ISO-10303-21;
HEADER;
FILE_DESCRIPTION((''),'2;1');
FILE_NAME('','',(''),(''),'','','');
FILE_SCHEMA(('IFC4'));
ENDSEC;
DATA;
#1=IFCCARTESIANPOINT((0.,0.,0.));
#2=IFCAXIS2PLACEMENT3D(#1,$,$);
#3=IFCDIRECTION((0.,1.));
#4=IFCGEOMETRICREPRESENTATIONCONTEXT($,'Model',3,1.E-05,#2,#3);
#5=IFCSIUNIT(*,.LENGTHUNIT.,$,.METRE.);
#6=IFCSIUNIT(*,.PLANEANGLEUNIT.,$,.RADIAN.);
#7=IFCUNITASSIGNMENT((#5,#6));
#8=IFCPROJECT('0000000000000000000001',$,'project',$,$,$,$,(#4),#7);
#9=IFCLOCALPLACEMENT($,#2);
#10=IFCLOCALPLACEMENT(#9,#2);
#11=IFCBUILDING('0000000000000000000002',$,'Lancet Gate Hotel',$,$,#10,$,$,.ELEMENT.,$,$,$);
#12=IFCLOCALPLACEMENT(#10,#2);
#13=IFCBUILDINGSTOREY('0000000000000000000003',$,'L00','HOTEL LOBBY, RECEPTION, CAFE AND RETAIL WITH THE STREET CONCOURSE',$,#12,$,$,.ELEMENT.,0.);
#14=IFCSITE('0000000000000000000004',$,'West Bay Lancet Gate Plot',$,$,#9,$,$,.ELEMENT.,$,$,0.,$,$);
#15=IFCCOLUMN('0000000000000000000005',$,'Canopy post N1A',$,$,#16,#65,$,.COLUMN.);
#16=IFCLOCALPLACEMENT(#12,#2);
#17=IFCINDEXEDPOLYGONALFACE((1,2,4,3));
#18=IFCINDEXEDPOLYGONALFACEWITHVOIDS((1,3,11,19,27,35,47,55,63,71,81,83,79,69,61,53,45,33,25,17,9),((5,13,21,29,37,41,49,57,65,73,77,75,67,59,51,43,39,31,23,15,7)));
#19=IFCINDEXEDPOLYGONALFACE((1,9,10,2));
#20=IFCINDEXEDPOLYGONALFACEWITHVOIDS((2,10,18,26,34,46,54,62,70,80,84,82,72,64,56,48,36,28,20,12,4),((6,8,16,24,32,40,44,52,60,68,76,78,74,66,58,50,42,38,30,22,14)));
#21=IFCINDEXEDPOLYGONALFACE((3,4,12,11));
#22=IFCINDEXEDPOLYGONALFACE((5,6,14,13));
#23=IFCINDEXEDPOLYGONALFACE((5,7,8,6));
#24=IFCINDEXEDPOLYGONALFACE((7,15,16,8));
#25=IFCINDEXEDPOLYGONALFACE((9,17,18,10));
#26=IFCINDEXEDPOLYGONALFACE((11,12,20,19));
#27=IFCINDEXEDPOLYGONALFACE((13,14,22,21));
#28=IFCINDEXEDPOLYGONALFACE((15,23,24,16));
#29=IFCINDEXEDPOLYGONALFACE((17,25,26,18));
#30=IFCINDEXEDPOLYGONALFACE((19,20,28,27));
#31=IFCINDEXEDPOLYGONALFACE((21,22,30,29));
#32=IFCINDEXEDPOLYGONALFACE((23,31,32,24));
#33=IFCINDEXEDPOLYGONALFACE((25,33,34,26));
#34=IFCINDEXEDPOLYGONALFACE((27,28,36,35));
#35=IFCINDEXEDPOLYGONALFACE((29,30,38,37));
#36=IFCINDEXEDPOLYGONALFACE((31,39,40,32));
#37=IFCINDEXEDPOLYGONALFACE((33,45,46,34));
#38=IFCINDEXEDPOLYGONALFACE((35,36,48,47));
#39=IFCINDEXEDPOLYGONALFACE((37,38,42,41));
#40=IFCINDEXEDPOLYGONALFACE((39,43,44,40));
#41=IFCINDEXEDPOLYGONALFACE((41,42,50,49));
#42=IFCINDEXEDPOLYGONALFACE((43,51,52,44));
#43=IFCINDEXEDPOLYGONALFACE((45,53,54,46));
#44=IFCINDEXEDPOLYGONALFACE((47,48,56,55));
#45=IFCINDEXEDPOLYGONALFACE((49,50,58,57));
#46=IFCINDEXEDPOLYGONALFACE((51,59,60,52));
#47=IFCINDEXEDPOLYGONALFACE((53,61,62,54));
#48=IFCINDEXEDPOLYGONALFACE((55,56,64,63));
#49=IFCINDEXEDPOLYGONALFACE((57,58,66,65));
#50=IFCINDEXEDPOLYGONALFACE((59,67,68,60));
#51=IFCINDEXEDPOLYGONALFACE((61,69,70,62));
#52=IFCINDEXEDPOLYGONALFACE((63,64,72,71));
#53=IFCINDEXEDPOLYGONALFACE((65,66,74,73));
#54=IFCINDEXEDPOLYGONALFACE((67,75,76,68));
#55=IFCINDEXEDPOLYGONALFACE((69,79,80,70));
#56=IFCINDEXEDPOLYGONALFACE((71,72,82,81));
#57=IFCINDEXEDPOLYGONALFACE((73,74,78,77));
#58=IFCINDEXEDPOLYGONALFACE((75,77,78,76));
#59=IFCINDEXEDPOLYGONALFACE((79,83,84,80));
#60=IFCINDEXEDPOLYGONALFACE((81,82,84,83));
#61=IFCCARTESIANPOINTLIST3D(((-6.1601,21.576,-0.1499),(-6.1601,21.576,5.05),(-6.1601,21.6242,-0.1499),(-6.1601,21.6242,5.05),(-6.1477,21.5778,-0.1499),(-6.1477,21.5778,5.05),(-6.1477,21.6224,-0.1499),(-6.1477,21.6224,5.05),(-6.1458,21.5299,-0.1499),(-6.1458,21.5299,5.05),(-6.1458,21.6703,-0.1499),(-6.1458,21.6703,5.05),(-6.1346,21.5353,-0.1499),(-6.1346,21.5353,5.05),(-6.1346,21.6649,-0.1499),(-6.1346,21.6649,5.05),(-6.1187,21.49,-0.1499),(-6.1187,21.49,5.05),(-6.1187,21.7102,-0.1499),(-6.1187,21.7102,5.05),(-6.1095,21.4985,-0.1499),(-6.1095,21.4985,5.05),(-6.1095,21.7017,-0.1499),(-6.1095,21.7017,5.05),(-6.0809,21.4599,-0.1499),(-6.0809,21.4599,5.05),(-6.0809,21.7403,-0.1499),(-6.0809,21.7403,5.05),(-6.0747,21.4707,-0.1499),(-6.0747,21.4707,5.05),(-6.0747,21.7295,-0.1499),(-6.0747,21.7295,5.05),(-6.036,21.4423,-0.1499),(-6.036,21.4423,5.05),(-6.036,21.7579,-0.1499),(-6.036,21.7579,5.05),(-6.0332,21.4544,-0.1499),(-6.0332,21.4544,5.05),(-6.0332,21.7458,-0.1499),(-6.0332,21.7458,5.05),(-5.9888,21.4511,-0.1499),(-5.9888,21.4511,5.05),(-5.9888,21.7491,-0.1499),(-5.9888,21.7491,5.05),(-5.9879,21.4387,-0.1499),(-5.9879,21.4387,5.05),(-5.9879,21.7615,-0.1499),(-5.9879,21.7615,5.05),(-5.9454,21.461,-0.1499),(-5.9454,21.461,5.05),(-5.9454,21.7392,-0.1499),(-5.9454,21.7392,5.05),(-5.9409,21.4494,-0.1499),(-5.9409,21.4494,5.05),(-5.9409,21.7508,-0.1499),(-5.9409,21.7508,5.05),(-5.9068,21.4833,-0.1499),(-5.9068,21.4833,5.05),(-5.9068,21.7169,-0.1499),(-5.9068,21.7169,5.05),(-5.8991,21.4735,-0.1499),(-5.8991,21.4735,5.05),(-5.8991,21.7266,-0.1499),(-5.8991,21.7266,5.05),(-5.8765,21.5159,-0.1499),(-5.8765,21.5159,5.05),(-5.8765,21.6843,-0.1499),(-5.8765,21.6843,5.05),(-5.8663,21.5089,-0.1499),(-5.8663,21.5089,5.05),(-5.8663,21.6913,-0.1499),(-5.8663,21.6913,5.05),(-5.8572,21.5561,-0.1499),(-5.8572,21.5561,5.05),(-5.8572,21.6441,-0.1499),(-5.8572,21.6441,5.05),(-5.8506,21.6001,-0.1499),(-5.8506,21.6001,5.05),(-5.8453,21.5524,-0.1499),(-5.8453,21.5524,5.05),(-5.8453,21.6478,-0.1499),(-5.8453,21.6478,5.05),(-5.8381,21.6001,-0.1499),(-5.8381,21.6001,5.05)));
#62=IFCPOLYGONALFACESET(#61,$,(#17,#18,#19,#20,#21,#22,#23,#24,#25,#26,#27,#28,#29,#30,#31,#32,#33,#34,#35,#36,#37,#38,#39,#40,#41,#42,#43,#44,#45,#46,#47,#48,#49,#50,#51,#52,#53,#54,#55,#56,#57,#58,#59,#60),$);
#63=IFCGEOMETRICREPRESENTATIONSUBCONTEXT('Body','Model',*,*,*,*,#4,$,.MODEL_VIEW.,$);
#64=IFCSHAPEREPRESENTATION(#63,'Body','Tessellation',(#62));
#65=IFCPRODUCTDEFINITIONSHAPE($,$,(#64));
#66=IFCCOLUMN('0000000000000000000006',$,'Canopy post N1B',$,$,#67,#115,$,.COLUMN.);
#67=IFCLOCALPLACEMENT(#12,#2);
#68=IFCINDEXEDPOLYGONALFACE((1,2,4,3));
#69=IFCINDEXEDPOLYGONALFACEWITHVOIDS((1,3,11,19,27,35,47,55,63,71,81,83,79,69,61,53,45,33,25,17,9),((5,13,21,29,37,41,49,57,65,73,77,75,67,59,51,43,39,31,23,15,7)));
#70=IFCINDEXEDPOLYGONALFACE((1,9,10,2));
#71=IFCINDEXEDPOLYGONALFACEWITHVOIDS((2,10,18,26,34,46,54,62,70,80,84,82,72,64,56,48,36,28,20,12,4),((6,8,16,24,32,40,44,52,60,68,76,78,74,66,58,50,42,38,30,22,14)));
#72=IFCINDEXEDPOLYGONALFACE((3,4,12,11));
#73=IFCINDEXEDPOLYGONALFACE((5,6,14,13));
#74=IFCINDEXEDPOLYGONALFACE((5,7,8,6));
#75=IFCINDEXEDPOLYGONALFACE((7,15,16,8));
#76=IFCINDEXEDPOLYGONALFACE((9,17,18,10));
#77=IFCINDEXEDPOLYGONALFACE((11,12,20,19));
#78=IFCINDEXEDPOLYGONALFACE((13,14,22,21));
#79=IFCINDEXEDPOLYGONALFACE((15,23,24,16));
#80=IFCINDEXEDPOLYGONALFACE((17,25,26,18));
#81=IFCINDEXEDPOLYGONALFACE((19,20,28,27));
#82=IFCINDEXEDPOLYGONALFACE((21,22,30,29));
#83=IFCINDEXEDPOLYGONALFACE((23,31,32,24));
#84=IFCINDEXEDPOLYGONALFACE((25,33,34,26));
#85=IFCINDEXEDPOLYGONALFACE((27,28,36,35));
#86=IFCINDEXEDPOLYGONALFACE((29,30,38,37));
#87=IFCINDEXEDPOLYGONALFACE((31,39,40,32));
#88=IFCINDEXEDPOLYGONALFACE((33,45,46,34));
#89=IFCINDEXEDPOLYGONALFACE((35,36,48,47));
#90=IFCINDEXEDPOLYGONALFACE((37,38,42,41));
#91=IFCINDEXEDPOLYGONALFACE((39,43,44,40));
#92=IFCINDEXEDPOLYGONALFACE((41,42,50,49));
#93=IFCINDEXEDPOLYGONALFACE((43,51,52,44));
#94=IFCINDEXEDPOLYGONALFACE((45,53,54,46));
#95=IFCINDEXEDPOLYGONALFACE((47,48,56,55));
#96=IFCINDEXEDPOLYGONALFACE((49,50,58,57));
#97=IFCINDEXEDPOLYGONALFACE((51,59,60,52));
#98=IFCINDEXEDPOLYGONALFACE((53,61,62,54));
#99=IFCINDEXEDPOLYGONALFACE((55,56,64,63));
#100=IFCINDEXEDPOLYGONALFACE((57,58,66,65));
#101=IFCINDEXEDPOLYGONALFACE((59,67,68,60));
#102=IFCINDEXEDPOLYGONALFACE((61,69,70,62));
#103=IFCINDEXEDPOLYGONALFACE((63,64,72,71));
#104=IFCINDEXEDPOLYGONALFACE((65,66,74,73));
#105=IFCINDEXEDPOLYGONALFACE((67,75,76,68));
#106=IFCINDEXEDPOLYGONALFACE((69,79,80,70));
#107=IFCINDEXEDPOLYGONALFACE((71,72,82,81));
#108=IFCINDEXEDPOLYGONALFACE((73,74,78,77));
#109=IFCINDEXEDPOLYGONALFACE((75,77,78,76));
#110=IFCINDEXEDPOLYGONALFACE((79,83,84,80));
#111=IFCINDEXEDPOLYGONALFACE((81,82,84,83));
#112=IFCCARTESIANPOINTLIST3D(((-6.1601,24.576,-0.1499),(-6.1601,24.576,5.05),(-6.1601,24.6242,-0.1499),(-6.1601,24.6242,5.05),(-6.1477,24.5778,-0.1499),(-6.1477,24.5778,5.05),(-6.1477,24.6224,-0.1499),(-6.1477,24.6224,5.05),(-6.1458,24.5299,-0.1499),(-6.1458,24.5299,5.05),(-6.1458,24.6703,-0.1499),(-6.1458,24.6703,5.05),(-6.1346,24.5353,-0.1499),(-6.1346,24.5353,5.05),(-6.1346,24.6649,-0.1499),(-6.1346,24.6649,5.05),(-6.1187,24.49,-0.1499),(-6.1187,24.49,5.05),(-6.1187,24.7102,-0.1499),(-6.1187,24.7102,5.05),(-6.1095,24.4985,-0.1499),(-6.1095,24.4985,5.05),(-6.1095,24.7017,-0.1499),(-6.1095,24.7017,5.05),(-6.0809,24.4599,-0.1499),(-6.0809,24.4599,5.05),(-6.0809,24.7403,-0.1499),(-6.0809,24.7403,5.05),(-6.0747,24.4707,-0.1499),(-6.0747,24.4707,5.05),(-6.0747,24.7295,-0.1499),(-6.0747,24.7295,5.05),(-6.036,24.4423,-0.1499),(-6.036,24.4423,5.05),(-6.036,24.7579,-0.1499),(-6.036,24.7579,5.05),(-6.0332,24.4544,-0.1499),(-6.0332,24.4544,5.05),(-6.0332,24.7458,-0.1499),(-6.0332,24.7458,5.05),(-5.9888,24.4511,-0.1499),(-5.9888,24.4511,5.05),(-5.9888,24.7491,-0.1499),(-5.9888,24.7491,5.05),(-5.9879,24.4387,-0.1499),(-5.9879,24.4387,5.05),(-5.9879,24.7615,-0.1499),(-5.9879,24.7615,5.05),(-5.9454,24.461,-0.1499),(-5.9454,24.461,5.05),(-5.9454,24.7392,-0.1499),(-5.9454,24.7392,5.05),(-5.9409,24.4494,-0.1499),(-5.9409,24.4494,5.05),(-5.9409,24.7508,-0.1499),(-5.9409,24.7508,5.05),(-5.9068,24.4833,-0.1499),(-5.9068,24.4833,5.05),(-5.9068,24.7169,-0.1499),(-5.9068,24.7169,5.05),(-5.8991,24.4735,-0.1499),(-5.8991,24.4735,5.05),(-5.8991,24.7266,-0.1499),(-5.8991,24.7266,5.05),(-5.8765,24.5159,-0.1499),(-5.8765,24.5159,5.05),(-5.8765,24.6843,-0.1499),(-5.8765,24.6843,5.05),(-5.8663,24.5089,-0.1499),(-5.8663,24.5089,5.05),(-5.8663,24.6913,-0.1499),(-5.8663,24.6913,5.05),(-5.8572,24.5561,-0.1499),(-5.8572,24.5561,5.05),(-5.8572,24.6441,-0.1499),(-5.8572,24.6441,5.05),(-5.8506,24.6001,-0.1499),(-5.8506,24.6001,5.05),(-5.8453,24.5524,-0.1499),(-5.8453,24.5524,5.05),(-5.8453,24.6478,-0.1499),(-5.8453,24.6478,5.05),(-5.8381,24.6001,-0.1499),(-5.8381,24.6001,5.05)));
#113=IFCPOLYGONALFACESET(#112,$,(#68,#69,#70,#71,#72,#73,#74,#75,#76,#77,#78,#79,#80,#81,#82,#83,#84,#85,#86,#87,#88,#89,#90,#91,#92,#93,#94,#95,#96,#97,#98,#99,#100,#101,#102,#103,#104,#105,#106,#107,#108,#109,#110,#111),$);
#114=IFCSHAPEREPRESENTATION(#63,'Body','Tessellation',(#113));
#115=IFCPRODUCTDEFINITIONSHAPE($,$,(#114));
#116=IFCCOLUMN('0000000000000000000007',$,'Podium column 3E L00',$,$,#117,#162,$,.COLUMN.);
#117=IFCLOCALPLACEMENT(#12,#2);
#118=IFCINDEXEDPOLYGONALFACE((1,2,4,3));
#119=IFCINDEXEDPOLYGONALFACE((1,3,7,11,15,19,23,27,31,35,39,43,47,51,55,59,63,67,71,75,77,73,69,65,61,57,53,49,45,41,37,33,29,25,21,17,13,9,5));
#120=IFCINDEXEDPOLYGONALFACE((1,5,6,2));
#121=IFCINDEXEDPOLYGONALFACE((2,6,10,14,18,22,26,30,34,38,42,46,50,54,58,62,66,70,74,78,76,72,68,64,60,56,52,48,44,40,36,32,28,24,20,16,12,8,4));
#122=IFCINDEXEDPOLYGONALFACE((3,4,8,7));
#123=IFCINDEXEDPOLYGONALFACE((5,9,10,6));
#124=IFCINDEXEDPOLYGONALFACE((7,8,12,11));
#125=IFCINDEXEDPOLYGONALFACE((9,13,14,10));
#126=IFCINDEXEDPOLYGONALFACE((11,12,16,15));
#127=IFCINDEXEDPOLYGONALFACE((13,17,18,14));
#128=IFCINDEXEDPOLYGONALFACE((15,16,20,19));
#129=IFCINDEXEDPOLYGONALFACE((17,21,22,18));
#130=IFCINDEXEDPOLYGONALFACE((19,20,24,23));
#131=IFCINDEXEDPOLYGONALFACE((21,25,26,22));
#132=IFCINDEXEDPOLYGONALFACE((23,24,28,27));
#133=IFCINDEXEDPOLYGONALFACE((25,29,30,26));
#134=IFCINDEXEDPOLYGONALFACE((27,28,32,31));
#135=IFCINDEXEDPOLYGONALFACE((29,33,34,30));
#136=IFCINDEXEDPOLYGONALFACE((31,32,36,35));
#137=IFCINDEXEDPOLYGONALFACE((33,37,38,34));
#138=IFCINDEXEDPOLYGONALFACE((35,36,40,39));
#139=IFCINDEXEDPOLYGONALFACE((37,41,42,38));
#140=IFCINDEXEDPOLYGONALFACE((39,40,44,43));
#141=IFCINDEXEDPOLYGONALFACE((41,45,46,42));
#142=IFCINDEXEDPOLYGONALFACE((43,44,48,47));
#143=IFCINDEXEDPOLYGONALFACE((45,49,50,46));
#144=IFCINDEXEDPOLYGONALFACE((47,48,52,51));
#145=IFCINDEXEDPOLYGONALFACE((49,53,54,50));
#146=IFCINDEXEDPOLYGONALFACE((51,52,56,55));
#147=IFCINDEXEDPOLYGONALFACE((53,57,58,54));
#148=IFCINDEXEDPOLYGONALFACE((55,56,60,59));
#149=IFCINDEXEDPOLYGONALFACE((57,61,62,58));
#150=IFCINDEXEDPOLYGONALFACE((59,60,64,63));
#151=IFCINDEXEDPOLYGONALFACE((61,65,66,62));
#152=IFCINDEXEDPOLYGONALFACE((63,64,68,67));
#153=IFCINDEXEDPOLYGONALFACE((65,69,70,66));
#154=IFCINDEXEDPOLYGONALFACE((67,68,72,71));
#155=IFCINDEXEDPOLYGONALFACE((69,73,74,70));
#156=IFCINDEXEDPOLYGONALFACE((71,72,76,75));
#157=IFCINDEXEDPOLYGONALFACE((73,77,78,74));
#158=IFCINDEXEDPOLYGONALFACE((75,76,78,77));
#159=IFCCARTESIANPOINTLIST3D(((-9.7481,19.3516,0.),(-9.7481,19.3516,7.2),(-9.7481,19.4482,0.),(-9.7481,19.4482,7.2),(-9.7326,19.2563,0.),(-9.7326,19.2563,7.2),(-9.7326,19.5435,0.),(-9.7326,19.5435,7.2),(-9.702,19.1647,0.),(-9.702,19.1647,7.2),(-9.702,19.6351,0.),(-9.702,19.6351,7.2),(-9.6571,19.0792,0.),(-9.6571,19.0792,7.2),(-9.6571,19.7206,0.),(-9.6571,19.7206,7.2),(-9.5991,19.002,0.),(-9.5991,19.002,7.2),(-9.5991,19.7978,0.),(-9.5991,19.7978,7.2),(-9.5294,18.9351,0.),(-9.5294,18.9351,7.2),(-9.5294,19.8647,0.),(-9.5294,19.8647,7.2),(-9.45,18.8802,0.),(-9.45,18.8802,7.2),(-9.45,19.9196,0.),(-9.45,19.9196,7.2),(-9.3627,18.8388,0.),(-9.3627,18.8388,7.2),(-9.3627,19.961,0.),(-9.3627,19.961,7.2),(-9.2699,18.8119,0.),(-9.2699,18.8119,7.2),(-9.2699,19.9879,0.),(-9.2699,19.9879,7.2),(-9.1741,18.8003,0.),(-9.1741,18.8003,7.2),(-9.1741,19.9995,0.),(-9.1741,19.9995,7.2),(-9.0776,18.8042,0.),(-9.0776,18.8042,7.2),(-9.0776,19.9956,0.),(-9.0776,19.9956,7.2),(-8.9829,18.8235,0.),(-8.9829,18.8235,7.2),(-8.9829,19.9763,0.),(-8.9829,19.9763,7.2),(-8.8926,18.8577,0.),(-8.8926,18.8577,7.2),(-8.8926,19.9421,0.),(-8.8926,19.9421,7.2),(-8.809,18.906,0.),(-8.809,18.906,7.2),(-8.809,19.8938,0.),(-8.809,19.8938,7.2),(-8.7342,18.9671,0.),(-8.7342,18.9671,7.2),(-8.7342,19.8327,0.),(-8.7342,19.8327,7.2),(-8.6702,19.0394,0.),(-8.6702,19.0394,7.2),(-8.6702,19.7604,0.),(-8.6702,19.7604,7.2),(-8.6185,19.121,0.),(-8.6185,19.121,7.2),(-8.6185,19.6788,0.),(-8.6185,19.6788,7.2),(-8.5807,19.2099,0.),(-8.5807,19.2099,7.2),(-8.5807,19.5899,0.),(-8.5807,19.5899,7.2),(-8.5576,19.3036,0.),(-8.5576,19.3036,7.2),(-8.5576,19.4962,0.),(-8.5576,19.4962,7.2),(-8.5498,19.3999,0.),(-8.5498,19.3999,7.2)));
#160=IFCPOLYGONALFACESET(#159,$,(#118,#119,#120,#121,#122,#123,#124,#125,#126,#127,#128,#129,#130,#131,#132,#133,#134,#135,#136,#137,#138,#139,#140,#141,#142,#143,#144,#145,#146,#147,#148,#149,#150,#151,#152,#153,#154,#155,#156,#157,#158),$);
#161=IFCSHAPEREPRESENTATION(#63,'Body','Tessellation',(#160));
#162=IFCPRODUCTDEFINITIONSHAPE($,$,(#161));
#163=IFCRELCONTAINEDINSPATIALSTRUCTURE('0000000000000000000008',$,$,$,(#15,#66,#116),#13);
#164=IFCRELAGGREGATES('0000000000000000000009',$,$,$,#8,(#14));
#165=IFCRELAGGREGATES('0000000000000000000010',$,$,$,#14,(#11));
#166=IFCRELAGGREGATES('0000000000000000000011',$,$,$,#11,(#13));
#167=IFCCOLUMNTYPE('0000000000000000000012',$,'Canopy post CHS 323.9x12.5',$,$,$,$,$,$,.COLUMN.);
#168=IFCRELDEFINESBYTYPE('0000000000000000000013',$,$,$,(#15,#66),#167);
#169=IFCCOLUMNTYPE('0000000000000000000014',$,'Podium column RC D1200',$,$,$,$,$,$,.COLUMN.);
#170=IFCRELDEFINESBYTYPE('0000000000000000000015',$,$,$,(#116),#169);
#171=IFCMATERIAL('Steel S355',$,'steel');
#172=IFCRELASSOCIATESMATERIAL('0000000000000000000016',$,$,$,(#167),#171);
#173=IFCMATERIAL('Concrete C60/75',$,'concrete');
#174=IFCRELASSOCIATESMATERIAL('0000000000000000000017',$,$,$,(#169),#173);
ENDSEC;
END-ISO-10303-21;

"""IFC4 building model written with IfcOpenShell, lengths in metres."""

from ifc_helpers import new_model, si_unit, direction, frame, origin, origin_2d, place, context, subcontext, project, spatial, circle, hollow_circle, extrude, material, material_profile, profile_set, type_object, element, save


model = new_model("IFC4")

# Units and contexts
model_context = context("Model", 3, precision=1e-05, world=origin(), true_north=direction((0.0, 1.0)))
body_context = subcontext(model_context, "Body", "Model", "MODEL_VIEW")
ifc_project = project(units=[si_unit("LENGTHUNIT", "METRE"), si_unit("PLANEANGLEUNIT", "RADIAN")], contexts=[model_context])

# Site, building, storey
site_placement = place(None, origin())
site = spatial("IfcSite", under=ifc_project, at=site_placement, Name="West Bay Lancet Gate Plot", CompositionType="ELEMENT", RefElevation=0.0)
building_placement = place(site_placement, origin())
building = spatial("IfcBuilding", under=site, at=building_placement, Name="Lancet Gate Hotel", CompositionType="ELEMENT")
storey_placement = place(building_placement, origin())
storey = spatial("IfcBuildingStorey", under=building, at=storey_placement, Name="L00", Description="HOTEL LOBBY, RECEPTION, CAFE AND RETAIL WITH THE STREET CONCOURSE", CompositionType="ELEMENT", Elevation=0.0)

# Columns
ifc_material_1 = material(Name="Steel S355", Category="steel")
ifc_material_profile_1 = material_profile(ifc_material_1, hollow_circle(Radius=0.1619, WallThickness=0.0125, at=origin_2d()), Name="CHS 323.9x12.5")
ifc_profile_set_1 = profile_set([ifc_material_profile_1], Name="Steel S355")
column_type_1 = type_object("IfcColumnType", Name="Canopy post CHS 323.9x12.5", PredefinedType="COLUMN", material=ifc_profile_set_1)
for number, where, z_axis, x_axis, name in (
    (1, (-6.0, 21.6001, -0.1499), (0.0, 0.0, 1.0), (1.0, 0.0, 0.0), "Canopy post N1A"),
    (2, (-6.0, 24.6001, -0.1499), (0.0, 0.0, 1.0), (1.0, 0.0, 0.0), "Canopy post N1B"),
):
    element("IfcColumn", number, at=place(storey_placement, frame(where, z_axis=z_axis, x_axis=x_axis)), inside=storey, type_object=column_type_1, Name=name, PredefinedType="COLUMN", context=body_context, shape_type="SweptSolid", body=[
        extrude(hollow_circle(Radius=0.1619, WallThickness=0.0125, at=origin_2d()), origin(), (0.0, 0.0, 1.0), 5.2),
    ])
ifc_material_2 = material(Name="Concrete C60/75", Category="concrete")
ifc_material_profile_2 = material_profile(ifc_material_2, circle(Radius=0.6001, at=origin_2d()), Name="RC D1200")
ifc_profile_set_2 = profile_set([ifc_material_profile_2], Name="Concrete C60/75")
column_type_2 = type_object("IfcColumnType", Name="Podium column RC D1200", PredefinedType="COLUMN", material=ifc_profile_set_2)
for number, where, z_axis, x_axis, name in (
    (3, (-9.1499, 19.3999, 0.0), (0.0, 0.0, 1.0), (1.0, 0.0, 0.0), "Podium column 3E L00"),
):
    element("IfcColumn", number, at=place(storey_placement, frame(where, z_axis=z_axis, x_axis=x_axis)), inside=storey, type_object=column_type_2, Name=name, PredefinedType="COLUMN", context=body_context, shape_type="SweptSolid", body=[
        extrude(circle(Radius=0.6001, at=origin_2d()), origin(), (0.0, 0.0, 1.0), 7.2),
    ])

save(model, "model.ifc")
